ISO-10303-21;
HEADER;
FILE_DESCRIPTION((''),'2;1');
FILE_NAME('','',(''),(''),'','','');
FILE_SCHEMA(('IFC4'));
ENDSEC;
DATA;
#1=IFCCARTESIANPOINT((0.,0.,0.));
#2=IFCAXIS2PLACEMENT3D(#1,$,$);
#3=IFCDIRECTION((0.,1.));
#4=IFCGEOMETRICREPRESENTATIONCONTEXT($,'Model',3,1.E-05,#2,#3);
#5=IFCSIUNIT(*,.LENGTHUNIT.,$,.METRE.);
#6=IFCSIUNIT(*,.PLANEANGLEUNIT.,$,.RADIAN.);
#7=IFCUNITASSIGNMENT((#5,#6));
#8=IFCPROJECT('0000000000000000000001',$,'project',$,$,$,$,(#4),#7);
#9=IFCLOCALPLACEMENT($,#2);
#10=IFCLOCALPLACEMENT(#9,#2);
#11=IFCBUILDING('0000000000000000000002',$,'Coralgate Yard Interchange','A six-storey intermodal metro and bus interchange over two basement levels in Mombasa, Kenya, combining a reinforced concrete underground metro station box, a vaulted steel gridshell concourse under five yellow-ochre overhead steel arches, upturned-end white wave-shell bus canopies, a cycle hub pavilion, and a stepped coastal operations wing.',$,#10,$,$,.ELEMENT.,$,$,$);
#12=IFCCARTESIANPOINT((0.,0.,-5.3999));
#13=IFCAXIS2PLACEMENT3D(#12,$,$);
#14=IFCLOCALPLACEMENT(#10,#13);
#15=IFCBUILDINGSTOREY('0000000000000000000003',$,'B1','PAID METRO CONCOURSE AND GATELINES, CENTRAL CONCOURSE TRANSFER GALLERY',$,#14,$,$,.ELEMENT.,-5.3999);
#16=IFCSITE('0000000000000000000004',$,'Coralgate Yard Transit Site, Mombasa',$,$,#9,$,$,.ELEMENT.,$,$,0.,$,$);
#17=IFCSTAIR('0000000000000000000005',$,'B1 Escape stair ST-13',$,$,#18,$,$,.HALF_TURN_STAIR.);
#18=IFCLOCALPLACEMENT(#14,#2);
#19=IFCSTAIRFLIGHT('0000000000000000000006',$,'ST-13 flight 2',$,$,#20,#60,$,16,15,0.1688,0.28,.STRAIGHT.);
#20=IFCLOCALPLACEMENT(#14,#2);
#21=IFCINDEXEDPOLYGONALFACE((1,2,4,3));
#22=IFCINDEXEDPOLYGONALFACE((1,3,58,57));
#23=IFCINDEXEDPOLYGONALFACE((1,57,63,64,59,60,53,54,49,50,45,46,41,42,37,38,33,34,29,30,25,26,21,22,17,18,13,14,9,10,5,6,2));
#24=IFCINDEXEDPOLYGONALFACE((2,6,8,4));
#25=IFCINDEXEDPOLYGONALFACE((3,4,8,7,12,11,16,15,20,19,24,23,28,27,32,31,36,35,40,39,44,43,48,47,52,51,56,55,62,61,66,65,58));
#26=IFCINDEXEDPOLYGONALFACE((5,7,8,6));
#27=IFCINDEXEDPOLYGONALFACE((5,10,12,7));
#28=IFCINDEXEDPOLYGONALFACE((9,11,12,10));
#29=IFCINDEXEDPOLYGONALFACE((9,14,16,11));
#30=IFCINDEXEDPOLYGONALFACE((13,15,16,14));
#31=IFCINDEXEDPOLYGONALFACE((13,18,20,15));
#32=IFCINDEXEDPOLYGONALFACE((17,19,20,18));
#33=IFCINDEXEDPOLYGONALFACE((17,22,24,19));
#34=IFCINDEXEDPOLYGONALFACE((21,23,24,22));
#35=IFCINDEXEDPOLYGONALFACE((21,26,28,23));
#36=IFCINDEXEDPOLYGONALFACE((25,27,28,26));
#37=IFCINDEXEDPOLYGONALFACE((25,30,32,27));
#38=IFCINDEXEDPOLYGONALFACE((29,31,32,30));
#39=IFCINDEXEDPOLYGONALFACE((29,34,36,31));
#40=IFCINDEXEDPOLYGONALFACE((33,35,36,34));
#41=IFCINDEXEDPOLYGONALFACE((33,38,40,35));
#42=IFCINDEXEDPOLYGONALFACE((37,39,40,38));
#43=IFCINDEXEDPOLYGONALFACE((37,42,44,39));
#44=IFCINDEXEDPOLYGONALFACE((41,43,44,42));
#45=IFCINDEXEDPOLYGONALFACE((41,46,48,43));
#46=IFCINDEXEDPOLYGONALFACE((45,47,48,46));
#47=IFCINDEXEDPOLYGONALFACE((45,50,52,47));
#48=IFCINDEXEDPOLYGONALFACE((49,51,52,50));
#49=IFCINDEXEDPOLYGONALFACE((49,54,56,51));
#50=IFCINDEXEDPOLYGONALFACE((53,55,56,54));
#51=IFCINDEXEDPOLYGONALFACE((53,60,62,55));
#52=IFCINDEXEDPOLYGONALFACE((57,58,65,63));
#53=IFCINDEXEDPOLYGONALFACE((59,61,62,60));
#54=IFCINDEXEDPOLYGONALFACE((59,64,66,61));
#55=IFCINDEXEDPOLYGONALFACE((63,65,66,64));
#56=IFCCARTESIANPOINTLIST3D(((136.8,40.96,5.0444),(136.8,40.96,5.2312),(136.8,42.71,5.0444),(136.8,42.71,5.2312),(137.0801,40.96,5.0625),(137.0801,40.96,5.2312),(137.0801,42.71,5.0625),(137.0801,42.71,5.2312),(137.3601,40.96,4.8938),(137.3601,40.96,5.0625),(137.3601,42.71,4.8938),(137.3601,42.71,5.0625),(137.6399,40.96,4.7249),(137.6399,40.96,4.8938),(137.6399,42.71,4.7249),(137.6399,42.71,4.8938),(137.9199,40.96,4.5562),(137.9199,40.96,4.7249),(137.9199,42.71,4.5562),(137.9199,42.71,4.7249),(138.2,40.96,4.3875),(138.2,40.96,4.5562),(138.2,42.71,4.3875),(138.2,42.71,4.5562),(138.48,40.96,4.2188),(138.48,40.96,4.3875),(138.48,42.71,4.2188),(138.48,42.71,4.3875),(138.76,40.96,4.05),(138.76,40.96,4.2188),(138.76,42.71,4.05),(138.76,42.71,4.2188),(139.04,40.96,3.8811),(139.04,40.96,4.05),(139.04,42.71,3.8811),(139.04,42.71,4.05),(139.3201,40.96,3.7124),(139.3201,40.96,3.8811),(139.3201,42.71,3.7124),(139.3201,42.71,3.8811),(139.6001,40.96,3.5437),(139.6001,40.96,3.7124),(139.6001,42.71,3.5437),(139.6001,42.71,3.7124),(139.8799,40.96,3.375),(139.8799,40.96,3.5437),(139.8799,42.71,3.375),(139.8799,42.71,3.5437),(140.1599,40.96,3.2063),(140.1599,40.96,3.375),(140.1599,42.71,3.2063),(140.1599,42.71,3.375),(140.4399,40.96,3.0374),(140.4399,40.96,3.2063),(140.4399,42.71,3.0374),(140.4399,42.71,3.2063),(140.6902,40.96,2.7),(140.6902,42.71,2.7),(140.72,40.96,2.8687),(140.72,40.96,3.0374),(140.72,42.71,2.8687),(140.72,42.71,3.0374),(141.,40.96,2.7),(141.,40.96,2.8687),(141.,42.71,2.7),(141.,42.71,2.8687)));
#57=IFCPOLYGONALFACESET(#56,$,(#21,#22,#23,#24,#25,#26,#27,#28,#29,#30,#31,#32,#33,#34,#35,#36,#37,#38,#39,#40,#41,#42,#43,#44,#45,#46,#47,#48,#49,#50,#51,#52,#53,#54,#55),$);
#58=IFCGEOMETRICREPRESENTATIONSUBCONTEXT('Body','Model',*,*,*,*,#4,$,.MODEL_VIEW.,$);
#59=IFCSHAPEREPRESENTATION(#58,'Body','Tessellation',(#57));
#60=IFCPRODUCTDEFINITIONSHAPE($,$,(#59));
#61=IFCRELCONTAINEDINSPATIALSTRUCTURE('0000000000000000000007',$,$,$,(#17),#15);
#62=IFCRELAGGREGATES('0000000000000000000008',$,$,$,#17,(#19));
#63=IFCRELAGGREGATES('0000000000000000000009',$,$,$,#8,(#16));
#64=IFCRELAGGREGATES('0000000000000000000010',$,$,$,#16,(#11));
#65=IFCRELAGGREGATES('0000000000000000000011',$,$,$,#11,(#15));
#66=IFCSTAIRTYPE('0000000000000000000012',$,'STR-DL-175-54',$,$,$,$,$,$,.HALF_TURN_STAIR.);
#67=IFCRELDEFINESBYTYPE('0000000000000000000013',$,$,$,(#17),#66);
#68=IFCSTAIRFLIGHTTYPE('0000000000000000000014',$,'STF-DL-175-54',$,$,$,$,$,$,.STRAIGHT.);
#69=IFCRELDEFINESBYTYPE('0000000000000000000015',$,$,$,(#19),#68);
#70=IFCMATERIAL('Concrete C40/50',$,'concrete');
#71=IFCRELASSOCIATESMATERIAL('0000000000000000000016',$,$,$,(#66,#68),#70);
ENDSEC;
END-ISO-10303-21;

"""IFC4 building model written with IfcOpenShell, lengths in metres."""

from ifc_helpers import new_model, si_unit, direction, frame, origin, place, context, subcontext, project, spatial, polyline, outline, extrude, material, type_object, element, aggregate, save


model = new_model("IFC4")

# Units and contexts
model_context = context("Model", 3, precision=1e-05, world=origin(), true_north=direction((0.0, 1.0)))
body_context = subcontext(model_context, "Body", "Model", "MODEL_VIEW")
ifc_project = project(units=[si_unit("LENGTHUNIT", "METRE"), si_unit("PLANEANGLEUNIT", "RADIAN")], contexts=[model_context])

# Site, building, storey
site_placement = place(None, origin())
site = spatial("IfcSite", under=ifc_project, at=site_placement, Name="Coralgate Yard Transit Site, Mombasa", CompositionType="ELEMENT", RefElevation=0.0)
building_placement = place(site_placement, origin())
building = spatial("IfcBuilding", under=site, at=building_placement, Name="Coralgate Yard Interchange", Description="A six-storey intermodal metro and bus interchange over two basement levels in Mombasa, Kenya, combining a reinforced concrete underground metro station box, a vaulted steel gridshell concourse under five yellow-ochre overhead steel arches, upturned-end white wave-shell bus canopies, a cycle hub pavilion, and a stepped coastal operations wing.", CompositionType="ELEMENT")
storey_placement = place(building_placement, frame((0.0, 0.0, -5.3999)))
storey = spatial("IfcBuildingStorey", under=building, at=storey_placement, Name="B1", Description="PAID METRO CONCOURSE AND GATELINES, CENTRAL CONCOURSE TRANSFER GALLERY", CompositionType="ELEMENT", Elevation=-5.3999)

# Shared definitions
ifc_material_1 = material(Name="Concrete C40/50", Category="concrete")

# Stair, stair flight
stair_type_1 = type_object("IfcStairType", Name="STR-DL-175-54", PredefinedType="HALF_TURN_STAIR", material=ifc_material_1)
stair_1_placement = place(storey_placement, origin())
stair_1 = element("IfcStair", 1, at=stair_1_placement, inside=storey, type_object=stair_type_1, Name="B1 Escape stair ST-13", PredefinedType="HALF_TURN_STAIR")
stair_flight_type_1 = type_object("IfcStairFlightType", Name="STF-DL-175-54", PredefinedType="STRAIGHT", material=ifc_material_1)
stair_flight_1_placement = place(storey_placement, frame((141.0, 41.835, 2.7), z_axis=(0.0, 0.0, 1.0), x_axis=(-1.0, 0.0, 0.0)))
stair_flight_1 = element("IfcStairFlight", 2, at=stair_flight_1_placement, type_object=stair_flight_type_1, Name="ST-13 flight 2", NumberOfRisers=16, NumberOfTreads=15, PredefinedType="STRAIGHT", RiserHeight=0.1688, TreadLength=0.28, context=body_context, shape_type="SweptSolid", body=[
    extrude(outline(polyline([(0.0, 0.0), (0.0, 0.1687), (0.28, 0.1687), (0.28, 0.3374), (0.5601, 0.3374), (0.5601, 0.5063), (0.8401, 0.5063), (0.8401, 0.675), (1.1201, 0.675), (1.1201, 0.8438), (1.3999, 0.8438), (1.3999, 1.0125), (1.6799, 1.0125), (1.6799, 1.1812), (1.96, 1.1812), (1.96, 1.3501), (2.24, 1.3501), (2.24, 1.5188), (2.52, 1.5188), (2.52, 1.6875), (2.8, 1.6875), (2.8, 1.8562), (3.0801, 1.8562), (3.0801, 2.0249), (3.3601, 2.0249), (3.3601, 2.1938), (3.6399, 2.1938), (3.6399, 2.3625), (3.9199, 2.3625), (3.9199, 2.5312), (4.2, 2.5312), (4.2, 2.7), (4.2, 2.3445), (0.3098, 0.0), (0.0, 0.0)])), frame((0.0, 0.875, 0.0), z_axis=(0.0, -1.0, 0.0), x_axis=(1.0, 0.0, 0.0)), (0.0, 0.0, 1.0), 1.75),
])
aggregate(stair_1, [stair_flight_1])

save(model, "model.ifc")
